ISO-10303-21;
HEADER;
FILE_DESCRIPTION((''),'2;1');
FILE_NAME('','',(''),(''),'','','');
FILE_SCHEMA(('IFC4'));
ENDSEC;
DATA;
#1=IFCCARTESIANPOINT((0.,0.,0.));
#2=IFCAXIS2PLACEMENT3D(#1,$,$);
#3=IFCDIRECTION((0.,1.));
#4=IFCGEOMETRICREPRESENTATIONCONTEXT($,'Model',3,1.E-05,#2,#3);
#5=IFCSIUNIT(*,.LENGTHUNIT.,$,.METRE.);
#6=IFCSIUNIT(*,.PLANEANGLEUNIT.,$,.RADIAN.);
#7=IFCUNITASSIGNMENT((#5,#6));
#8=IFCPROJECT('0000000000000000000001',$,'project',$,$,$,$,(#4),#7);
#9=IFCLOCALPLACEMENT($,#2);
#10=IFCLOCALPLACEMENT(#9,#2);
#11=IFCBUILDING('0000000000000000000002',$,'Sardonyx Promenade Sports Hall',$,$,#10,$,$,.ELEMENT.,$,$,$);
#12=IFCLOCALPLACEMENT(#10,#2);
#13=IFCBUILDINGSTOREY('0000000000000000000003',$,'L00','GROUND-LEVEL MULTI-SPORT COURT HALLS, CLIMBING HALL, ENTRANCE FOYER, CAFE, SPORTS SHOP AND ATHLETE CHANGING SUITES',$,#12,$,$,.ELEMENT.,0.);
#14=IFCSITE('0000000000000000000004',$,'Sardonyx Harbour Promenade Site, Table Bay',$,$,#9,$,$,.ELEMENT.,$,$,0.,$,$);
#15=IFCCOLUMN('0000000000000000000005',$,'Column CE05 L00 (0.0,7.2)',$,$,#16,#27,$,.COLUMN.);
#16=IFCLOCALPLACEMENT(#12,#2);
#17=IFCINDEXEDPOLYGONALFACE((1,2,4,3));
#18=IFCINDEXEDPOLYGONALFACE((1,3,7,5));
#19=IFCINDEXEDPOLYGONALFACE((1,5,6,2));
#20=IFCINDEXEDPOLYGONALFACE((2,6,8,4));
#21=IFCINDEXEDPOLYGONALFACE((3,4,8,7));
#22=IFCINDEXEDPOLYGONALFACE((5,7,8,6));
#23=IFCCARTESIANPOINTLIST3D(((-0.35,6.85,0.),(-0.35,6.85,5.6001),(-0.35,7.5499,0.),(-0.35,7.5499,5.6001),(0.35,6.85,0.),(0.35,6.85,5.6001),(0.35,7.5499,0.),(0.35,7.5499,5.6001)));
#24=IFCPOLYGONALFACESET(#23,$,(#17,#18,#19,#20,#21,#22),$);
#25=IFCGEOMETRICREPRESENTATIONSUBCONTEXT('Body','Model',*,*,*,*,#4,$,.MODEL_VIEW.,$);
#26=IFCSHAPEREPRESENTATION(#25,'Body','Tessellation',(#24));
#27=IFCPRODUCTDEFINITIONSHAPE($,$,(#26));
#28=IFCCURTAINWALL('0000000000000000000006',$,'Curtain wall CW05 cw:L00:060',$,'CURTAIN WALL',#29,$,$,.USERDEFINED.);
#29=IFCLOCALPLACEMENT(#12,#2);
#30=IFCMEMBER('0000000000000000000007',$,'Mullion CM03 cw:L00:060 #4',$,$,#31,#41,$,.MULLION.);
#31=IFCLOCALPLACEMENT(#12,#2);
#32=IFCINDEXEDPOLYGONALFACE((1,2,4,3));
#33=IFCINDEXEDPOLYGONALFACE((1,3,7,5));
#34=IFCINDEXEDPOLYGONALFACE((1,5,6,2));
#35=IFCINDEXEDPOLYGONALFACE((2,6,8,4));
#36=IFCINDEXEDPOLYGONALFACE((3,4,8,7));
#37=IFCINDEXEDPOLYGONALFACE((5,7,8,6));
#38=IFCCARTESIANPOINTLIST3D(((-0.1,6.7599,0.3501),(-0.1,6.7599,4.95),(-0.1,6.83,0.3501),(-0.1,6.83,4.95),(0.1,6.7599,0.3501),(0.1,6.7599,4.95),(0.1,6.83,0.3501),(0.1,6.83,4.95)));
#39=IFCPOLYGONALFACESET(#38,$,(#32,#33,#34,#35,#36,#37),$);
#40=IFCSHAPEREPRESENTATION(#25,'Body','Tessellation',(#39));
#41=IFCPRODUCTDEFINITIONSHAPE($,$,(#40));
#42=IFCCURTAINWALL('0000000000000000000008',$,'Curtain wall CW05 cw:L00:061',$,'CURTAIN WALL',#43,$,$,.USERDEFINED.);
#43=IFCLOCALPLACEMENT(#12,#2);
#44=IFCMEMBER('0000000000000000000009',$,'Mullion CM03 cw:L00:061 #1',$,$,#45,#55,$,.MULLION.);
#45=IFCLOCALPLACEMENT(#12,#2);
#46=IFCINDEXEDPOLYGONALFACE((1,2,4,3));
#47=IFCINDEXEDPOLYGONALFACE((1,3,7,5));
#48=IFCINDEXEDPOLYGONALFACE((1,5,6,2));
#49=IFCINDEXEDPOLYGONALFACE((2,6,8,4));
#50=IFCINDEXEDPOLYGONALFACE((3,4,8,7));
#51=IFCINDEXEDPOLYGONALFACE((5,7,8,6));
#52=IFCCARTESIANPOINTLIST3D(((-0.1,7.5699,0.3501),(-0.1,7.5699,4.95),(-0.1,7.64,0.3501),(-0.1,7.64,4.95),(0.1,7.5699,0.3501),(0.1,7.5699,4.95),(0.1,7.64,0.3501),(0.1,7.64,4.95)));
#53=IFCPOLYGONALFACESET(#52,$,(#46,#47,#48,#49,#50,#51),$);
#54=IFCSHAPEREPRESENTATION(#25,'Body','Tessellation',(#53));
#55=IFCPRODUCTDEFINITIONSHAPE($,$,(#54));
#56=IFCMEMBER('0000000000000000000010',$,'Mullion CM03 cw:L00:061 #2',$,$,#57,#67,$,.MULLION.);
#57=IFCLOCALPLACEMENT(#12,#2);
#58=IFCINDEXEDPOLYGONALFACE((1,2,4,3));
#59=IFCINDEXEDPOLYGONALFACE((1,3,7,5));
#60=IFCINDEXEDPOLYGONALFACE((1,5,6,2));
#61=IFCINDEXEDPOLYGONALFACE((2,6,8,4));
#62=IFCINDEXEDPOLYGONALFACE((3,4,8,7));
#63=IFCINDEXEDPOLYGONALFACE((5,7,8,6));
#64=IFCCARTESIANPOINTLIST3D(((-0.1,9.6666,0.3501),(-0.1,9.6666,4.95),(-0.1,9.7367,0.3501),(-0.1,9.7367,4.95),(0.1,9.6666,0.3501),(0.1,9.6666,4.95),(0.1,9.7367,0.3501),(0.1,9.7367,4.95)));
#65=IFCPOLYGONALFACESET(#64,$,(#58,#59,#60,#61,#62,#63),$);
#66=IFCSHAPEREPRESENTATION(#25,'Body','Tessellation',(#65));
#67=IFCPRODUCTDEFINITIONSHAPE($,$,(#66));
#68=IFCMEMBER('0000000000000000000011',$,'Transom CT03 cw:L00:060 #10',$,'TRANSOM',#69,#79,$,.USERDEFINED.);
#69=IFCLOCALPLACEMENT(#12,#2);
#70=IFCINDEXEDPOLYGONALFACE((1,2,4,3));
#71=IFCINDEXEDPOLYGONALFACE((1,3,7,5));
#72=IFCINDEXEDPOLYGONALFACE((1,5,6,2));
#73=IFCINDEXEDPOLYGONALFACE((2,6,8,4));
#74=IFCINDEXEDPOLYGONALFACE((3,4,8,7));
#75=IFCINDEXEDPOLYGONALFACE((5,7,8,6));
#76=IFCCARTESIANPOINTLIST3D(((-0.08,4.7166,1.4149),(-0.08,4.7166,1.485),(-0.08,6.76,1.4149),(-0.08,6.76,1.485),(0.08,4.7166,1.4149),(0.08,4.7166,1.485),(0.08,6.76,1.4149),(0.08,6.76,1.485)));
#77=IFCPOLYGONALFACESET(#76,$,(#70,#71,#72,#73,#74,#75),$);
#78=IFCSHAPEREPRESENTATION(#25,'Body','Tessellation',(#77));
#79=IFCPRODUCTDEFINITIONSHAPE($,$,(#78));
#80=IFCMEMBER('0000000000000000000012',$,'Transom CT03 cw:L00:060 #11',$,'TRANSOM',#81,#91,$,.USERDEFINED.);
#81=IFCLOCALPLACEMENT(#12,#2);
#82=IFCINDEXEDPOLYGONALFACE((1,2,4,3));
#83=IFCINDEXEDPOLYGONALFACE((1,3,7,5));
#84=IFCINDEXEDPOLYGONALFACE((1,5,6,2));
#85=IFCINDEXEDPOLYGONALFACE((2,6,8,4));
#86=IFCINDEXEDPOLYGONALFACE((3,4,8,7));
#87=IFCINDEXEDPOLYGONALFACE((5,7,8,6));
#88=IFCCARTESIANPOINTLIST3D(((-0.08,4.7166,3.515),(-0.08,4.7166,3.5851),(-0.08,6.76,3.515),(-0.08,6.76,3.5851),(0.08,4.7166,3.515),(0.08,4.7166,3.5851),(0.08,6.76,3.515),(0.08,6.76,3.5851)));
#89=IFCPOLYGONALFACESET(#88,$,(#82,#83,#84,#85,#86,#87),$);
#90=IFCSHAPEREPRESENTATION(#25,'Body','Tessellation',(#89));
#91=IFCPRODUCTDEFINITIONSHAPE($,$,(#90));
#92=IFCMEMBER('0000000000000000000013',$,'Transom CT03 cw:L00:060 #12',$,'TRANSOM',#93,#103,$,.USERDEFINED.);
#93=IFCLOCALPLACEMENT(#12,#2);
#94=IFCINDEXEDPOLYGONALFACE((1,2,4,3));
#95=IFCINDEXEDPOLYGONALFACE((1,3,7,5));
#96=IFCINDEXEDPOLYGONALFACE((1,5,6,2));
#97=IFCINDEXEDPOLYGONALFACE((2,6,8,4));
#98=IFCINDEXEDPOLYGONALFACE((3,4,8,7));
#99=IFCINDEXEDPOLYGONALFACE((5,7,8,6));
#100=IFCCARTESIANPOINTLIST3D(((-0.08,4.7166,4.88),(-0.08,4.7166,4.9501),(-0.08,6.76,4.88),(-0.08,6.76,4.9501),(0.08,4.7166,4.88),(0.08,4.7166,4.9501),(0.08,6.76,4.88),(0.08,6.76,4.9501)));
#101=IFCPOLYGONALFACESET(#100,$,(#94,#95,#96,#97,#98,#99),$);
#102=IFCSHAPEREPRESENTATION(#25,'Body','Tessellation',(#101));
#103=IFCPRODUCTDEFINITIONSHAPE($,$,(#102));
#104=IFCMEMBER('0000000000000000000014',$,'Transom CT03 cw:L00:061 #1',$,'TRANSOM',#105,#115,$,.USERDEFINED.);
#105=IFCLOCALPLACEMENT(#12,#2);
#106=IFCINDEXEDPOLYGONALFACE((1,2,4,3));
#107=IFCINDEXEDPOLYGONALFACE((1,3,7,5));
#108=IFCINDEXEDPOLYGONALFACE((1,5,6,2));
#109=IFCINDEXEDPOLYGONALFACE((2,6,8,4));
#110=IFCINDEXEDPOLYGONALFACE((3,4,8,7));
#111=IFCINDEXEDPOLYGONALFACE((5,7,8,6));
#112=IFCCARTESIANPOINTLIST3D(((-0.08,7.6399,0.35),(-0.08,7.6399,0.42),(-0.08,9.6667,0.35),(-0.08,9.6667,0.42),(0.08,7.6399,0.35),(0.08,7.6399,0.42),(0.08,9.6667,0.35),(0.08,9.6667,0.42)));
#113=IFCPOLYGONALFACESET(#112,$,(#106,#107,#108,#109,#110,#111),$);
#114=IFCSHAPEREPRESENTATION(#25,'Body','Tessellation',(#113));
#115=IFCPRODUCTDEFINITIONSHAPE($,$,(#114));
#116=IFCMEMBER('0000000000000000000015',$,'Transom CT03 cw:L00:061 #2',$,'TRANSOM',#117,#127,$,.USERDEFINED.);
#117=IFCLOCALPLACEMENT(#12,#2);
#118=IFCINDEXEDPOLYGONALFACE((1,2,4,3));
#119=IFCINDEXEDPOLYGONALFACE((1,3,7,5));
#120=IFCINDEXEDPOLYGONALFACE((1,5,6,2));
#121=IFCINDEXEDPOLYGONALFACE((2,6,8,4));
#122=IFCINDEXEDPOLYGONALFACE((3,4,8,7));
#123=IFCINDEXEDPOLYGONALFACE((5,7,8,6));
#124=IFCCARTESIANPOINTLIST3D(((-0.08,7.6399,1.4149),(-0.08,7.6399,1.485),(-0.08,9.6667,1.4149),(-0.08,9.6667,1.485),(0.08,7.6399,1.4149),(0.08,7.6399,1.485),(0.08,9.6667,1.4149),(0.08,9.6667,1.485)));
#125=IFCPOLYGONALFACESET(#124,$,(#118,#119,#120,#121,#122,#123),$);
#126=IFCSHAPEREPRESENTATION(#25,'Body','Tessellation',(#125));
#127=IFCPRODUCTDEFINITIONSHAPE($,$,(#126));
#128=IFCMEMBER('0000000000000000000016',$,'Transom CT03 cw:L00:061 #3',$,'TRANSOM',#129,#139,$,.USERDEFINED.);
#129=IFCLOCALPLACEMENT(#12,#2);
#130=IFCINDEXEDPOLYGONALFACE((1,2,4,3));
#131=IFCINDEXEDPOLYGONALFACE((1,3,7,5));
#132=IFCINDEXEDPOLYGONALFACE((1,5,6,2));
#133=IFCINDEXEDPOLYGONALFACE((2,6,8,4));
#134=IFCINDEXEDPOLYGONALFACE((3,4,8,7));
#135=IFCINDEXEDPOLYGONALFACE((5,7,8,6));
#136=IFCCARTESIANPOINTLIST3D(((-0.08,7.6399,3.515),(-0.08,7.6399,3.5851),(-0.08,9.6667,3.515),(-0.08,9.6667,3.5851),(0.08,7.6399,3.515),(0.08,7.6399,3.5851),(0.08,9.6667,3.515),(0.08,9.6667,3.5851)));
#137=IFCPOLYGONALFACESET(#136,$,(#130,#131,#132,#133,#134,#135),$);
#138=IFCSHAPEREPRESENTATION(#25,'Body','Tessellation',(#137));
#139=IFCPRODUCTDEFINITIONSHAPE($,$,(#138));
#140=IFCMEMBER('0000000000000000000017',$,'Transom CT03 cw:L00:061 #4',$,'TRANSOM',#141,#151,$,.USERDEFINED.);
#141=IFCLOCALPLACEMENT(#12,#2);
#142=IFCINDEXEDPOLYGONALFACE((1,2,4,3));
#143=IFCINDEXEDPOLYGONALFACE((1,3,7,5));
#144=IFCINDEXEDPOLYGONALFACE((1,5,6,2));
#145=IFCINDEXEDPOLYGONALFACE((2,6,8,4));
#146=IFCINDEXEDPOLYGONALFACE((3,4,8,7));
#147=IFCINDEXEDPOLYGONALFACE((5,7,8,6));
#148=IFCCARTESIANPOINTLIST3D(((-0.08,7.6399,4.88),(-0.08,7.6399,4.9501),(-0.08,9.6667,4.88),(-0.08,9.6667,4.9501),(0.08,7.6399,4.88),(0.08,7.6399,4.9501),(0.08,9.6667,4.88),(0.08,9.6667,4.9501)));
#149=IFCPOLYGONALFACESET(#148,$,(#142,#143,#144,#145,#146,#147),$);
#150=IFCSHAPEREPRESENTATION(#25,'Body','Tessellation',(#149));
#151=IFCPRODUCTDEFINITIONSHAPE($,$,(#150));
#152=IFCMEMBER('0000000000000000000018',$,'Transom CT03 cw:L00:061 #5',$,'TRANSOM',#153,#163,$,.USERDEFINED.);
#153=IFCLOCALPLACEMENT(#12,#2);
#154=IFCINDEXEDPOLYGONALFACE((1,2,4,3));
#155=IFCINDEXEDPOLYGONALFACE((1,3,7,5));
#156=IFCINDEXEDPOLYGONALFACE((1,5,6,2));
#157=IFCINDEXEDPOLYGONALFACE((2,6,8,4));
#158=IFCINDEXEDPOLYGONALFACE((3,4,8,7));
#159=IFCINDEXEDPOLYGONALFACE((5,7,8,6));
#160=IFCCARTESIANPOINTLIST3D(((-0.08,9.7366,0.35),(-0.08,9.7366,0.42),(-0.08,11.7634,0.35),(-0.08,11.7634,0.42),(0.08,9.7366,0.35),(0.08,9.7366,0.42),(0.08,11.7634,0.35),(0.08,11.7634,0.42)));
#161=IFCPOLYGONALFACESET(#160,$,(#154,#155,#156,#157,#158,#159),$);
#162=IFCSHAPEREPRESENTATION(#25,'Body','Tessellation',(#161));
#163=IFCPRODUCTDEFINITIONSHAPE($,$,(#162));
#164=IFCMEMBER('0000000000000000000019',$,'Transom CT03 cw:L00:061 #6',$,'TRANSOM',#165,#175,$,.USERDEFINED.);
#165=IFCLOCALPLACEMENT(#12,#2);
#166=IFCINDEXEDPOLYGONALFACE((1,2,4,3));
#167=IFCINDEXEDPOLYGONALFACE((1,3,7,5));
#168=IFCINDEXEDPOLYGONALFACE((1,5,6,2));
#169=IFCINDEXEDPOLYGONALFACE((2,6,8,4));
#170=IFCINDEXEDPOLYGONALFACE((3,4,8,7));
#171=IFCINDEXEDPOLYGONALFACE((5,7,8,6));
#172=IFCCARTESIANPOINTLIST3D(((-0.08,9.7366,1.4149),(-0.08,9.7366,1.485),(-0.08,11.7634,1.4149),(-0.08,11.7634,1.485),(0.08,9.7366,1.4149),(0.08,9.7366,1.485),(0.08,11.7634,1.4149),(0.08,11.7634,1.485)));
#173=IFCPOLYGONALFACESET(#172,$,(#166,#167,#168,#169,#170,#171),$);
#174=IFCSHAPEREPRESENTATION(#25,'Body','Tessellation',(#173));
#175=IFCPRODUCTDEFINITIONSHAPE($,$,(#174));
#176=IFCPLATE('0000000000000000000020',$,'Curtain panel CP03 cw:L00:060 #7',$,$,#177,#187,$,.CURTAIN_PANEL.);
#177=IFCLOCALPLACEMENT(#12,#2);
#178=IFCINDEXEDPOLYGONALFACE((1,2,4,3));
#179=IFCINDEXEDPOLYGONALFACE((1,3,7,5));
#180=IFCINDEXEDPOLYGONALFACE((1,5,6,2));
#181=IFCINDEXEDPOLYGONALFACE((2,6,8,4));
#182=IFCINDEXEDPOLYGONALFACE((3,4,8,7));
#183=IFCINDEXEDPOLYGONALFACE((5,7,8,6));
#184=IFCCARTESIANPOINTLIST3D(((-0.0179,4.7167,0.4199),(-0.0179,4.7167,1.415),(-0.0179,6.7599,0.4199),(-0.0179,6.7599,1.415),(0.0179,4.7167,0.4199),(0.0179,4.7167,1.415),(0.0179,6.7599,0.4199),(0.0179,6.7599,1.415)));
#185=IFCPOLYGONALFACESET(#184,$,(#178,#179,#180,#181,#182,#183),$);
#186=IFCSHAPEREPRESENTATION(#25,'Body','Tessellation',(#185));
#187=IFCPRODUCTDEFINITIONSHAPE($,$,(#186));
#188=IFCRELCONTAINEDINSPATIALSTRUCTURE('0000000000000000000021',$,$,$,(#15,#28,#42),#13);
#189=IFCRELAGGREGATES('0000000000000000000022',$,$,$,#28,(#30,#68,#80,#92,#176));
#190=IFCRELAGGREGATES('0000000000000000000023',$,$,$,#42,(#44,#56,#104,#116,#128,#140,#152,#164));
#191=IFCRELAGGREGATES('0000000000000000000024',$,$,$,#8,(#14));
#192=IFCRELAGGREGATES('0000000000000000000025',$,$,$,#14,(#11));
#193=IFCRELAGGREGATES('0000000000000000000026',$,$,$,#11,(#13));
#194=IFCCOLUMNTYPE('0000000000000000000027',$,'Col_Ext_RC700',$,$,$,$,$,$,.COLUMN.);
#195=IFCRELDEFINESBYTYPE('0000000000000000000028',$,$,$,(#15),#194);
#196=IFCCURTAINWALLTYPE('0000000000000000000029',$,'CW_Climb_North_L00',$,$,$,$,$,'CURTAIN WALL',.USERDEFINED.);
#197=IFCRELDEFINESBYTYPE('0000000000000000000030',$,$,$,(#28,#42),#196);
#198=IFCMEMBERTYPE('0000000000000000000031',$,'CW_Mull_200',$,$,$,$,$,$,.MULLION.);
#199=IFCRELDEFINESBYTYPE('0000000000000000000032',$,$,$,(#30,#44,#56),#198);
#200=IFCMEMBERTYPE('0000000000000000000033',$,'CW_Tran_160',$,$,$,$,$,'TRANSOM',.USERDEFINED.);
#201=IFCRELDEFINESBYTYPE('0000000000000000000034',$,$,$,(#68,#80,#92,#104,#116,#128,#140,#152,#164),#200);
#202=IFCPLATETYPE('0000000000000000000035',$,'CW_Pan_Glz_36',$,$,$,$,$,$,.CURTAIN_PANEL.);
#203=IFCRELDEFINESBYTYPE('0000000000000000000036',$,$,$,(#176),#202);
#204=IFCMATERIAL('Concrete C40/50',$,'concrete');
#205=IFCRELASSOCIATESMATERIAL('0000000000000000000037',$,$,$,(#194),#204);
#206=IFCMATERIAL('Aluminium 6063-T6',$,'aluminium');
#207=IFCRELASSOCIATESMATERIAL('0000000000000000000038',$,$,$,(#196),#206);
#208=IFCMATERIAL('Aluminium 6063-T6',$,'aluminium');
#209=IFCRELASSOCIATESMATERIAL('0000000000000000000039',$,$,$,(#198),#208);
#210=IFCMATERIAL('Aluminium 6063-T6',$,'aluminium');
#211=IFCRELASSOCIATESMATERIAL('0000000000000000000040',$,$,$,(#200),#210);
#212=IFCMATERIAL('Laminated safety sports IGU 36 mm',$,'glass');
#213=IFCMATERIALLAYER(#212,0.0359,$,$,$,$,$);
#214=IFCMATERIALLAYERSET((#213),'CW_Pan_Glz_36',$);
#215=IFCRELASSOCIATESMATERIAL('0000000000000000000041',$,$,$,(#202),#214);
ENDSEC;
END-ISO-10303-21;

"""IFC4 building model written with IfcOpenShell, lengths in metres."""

from ifc_helpers import new_model, si_unit, direction, frame, origin, origin_2d, place, context, subcontext, project, spatial, rectangle, extrude, material, layer, layer_set, material_profile, profile_set, type_object, element, aggregate, save


model = new_model("IFC4")

# Units and contexts
model_context = context("Model", 3, precision=1e-05, world=origin(), true_north=direction((0.0, 1.0)))
body_context = subcontext(model_context, "Body", "Model", "MODEL_VIEW")
ifc_project = project(units=[si_unit("LENGTHUNIT", "METRE"), si_unit("PLANEANGLEUNIT", "RADIAN")], contexts=[model_context])

# Site, building, storey
site_placement = place(None, origin())
site = spatial("IfcSite", under=ifc_project, at=site_placement, Name="Sardonyx Harbour Promenade Site, Table Bay", CompositionType="ELEMENT", RefElevation=0.0)
building_placement = place(site_placement, origin())
building = spatial("IfcBuilding", under=site, at=building_placement, Name="Sardonyx Promenade Sports Hall", CompositionType="ELEMENT")
storey_placement = place(building_placement, origin())
storey = spatial("IfcBuildingStorey", under=building, at=storey_placement, Name="L00", Description="GROUND-LEVEL MULTI-SPORT COURT HALLS, CLIMBING HALL, ENTRANCE FOYER, CAFE, SPORTS SHOP AND ATHLETE CHANGING SUITES", CompositionType="ELEMENT", Elevation=0.0)

# Column
ifc_material_1 = material(Name="Concrete C40/50", Category="concrete")
ifc_material_profile_1 = material_profile(ifc_material_1, rectangle(XDim=0.7, YDim=0.7, at=origin_2d()))
ifc_profile_set_1 = profile_set([ifc_material_profile_1], Name="Concrete C40/50")
column_type = type_object("IfcColumnType", Name="Col_Ext_RC700", PredefinedType="COLUMN", material=ifc_profile_set_1)
column_placement = place(storey_placement, frame((0.0, 7.2, 0.0), z_axis=(0.0, 0.0, 1.0), x_axis=(1.0, 0.0, 0.0)))
element("IfcColumn", 1, at=column_placement, inside=storey, type_object=column_type, Name="Column CE05 L00 (0.0,7.2)", PredefinedType="COLUMN", context=body_context, shape_type="SweptSolid", body=[
    extrude(rectangle(XDim=0.7, YDim=0.7, at=origin_2d()), origin(), (0.0, 0.0, 1.0), 5.6001),
])

# Curtain wall, member
ifc_material_2 = material(Name="Aluminium 6063-T6", Category="aluminium")
curtain_wall_type = type_object("IfcCurtainWallType", Name="CW_Climb_North_L00", ElementType="CURTAIN WALL", PredefinedType="USERDEFINED", material=ifc_material_2)
curtain_wall_1_placement = place(storey_placement, origin())
curtain_wall_1 = element("IfcCurtainWall", 2, at=curtain_wall_1_placement, inside=storey, type_object=curtain_wall_type, Name="Curtain wall CW05 cw:L00:060", ObjectType="CURTAIN WALL", PredefinedType="USERDEFINED")
ifc_material_3 = material(Name="Aluminium 6063-T6", Category="aluminium")
ifc_material_profile_2 = material_profile(ifc_material_3, rectangle(XDim=0.0701, YDim=0.2, at=origin_2d()))
ifc_profile_set_2 = profile_set([ifc_material_profile_2], Name="Aluminium 6063-T6")
member_type_1 = type_object("IfcMemberType", Name="CW_Mull_200", PredefinedType="MULLION", material=ifc_profile_set_2)
member_1_placement = place(storey_placement, frame((0.0, 6.7949, 0.3501), z_axis=(0.0, 0.0, 1.0), x_axis=(0.0, 1.0, 0.0)))
member_1 = element("IfcMember", 3, at=member_1_placement, type_object=member_type_1, Name="Mullion CM03 cw:L00:060 #4", PredefinedType="MULLION", context=body_context, shape_type="SweptSolid", body=[
    extrude(rectangle(XDim=0.0701, YDim=0.2, at=origin_2d()), origin(), (0.0, 0.0, 1.0), 4.5999),
])

# Curtain wall, members
curtain_wall_2_placement = place(storey_placement, origin())
curtain_wall_2 = element("IfcCurtainWall", 4, at=curtain_wall_2_placement, inside=storey, type_object=curtain_wall_type, Name="Curtain wall CW05 cw:L00:061", ObjectType="CURTAIN WALL", PredefinedType="USERDEFINED")
member_2_placement = place(storey_placement, frame((0.0, 7.605, 0.3501), z_axis=(0.0, 0.0, 1.0), x_axis=(0.0, 1.0, 0.0)))
member_2 = element("IfcMember", 5, at=member_2_placement, type_object=member_type_1, Name="Mullion CM03 cw:L00:061 #1", PredefinedType="MULLION", context=body_context, shape_type="SweptSolid", body=[
    extrude(rectangle(XDim=0.0701, YDim=0.2, at=origin_2d()), origin(), (0.0, 0.0, 1.0), 4.5999),
])
member_3_placement = place(storey_placement, frame((0.0, 9.7017, 0.3501), z_axis=(0.0, 0.0, 1.0), x_axis=(0.0, 1.0, 0.0)))
member_3 = element("IfcMember", 6, at=member_3_placement, type_object=member_type_1, Name="Mullion CM03 cw:L00:061 #2", PredefinedType="MULLION", context=body_context, shape_type="SweptSolid", body=[
    extrude(rectangle(XDim=0.0701, YDim=0.2, at=origin_2d()), origin(), (0.0, 0.0, 1.0), 4.5999),
])

# Members
ifc_material_4 = material(Name="Aluminium 6063-T6", Category="aluminium")
ifc_material_profile_3 = material_profile(ifc_material_4, rectangle(XDim=0.0701, YDim=0.1599, at=origin_2d()))
ifc_profile_set_3 = profile_set([ifc_material_profile_3], Name="Aluminium 6063-T6")
member_type_2 = type_object("IfcMemberType", Name="CW_Tran_160", ElementType="TRANSOM", PredefinedType="USERDEFINED", material=ifc_profile_set_3)
member_4_placement = place(storey_placement, frame((0.0, 4.7166, 1.45), z_axis=(0.0, 1.0, 0.0), x_axis=(0.0, 0.0, 1.0)))
member_4 = element("IfcMember", 7, at=member_4_placement, type_object=member_type_2, Name="Transom CT03 cw:L00:060 #10", ObjectType="TRANSOM", PredefinedType="USERDEFINED", context=body_context, shape_type="SweptSolid", body=[
    extrude(rectangle(XDim=0.0701, YDim=0.1599, at=origin_2d()), origin(), (0.0, 0.0, 1.0), 2.0435),
])
member_5_placement = place(storey_placement, frame((0.0, 4.7166, 3.55), z_axis=(0.0, 1.0, 0.0), x_axis=(0.0, 0.0, 1.0)))
member_5 = element("IfcMember", 8, at=member_5_placement, type_object=member_type_2, Name="Transom CT03 cw:L00:060 #11", ObjectType="TRANSOM", PredefinedType="USERDEFINED", context=body_context, shape_type="SweptSolid", body=[
    extrude(rectangle(XDim=0.0701, YDim=0.1599, at=origin_2d()), origin(), (0.0, 0.0, 1.0), 2.0435),
])
member_6_placement = place(storey_placement, frame((0.0, 4.7166, 4.915), z_axis=(0.0, 1.0, 0.0), x_axis=(0.0, 0.0, 1.0)))
member_6 = element("IfcMember", 9, at=member_6_placement, type_object=member_type_2, Name="Transom CT03 cw:L00:060 #12", ObjectType="TRANSOM", PredefinedType="USERDEFINED", context=body_context, shape_type="SweptSolid", body=[
    extrude(rectangle(XDim=0.0701, YDim=0.1599, at=origin_2d()), origin(), (0.0, 0.0, 1.0), 2.0435),
])
member_7_placement = place(storey_placement, frame((0.0, 7.6399, 0.385), z_axis=(0.0, 1.0, 0.0), x_axis=(0.0, 0.0, 1.0)))
member_7 = element("IfcMember", 10, at=member_7_placement, type_object=member_type_2, Name="Transom CT03 cw:L00:061 #1", ObjectType="TRANSOM", PredefinedType="USERDEFINED", context=body_context, shape_type="SweptSolid", body=[
    extrude(rectangle(XDim=0.0701, YDim=0.1599, at=origin_2d()), origin(), (0.0, 0.0, 1.0), 2.0269),
])
member_8_placement = place(storey_placement, frame((0.0, 7.6399, 1.45), z_axis=(0.0, 1.0, 0.0), x_axis=(0.0, 0.0, 1.0)))
member_8 = element("IfcMember", 11, at=member_8_placement, type_object=member_type_2, Name="Transom CT03 cw:L00:061 #2", ObjectType="TRANSOM", PredefinedType="USERDEFINED", context=body_context, shape_type="SweptSolid", body=[
    extrude(rectangle(XDim=0.0701, YDim=0.1599, at=origin_2d()), origin(), (0.0, 0.0, 1.0), 2.0269),
])
member_9_placement = place(storey_placement, frame((0.0, 7.6399, 3.55), z_axis=(0.0, 1.0, 0.0), x_axis=(0.0, 0.0, 1.0)))
member_9 = element("IfcMember", 12, at=member_9_placement, type_object=member_type_2, Name="Transom CT03 cw:L00:061 #3", ObjectType="TRANSOM", PredefinedType="USERDEFINED", context=body_context, shape_type="SweptSolid", body=[
    extrude(rectangle(XDim=0.0701, YDim=0.1599, at=origin_2d()), origin(), (0.0, 0.0, 1.0), 2.0269),
])
member_10_placement = place(storey_placement, frame((0.0, 7.6399, 4.915), z_axis=(0.0, 1.0, 0.0), x_axis=(0.0, 0.0, 1.0)))
member_10 = element("IfcMember", 13, at=member_10_placement, type_object=member_type_2, Name="Transom CT03 cw:L00:061 #4", ObjectType="TRANSOM", PredefinedType="USERDEFINED", context=body_context, shape_type="SweptSolid", body=[
    extrude(rectangle(XDim=0.0701, YDim=0.1599, at=origin_2d()), origin(), (0.0, 0.0, 1.0), 2.0269),
])
member_11_placement = place(storey_placement, frame((0.0, 9.7366, 0.385), z_axis=(0.0, 1.0, 0.0), x_axis=(0.0, 0.0, 1.0)))
member_11 = element("IfcMember", 14, at=member_11_placement, type_object=member_type_2, Name="Transom CT03 cw:L00:061 #5", ObjectType="TRANSOM", PredefinedType="USERDEFINED", context=body_context, shape_type="SweptSolid", body=[
    extrude(rectangle(XDim=0.0701, YDim=0.1599, at=origin_2d()), origin(), (0.0, 0.0, 1.0), 2.0269),
])
member_12_placement = place(storey_placement, frame((0.0, 9.7366, 1.45), z_axis=(0.0, 1.0, 0.0), x_axis=(0.0, 0.0, 1.0)))
member_12 = element("IfcMember", 15, at=member_12_placement, type_object=member_type_2, Name="Transom CT03 cw:L00:061 #6", ObjectType="TRANSOM", PredefinedType="USERDEFINED", context=body_context, shape_type="SweptSolid", body=[
    extrude(rectangle(XDim=0.0701, YDim=0.1599, at=origin_2d()), origin(), (0.0, 0.0, 1.0), 2.0269),
])

# Plate
ifc_material_5 = material(Name="Laminated safety sports IGU 36 mm", Category="glass")
ifc_layer_1 = layer(ifc_material_5, 0.0359)
ifc_layer_set_1 = layer_set([ifc_layer_1], Name="CW_Pan_Glz_36")
plate_type = type_object("IfcPlateType", Name="CW_Pan_Glz_36", PredefinedType="CURTAIN_PANEL", material=ifc_layer_set_1)
plate_1_placement = place(storey_placement, frame((0.0, 5.7383, 0.4199), z_axis=(0.0, 0.0, 1.0), x_axis=(0.0, 1.0, 0.0)))
plate_1 = element("IfcPlate", 16, at=plate_1_placement, type_object=plate_type, Name="Curtain panel CP03 cw:L00:060 #7", PredefinedType="CURTAIN_PANEL", context=body_context, shape_type="SweptSolid", body=[
    extrude(rectangle(XDim=2.0432, YDim=0.0359, at=origin_2d()), origin(), (0.0, 0.0, 1.0), 0.9951),
])
aggregate(curtain_wall_1, [member_1, member_4, member_5, member_6, plate_1])
aggregate(curtain_wall_2, [member_2, member_3, member_7, member_8, member_9, member_10, member_11, member_12])

save(model, "model.ifc")
